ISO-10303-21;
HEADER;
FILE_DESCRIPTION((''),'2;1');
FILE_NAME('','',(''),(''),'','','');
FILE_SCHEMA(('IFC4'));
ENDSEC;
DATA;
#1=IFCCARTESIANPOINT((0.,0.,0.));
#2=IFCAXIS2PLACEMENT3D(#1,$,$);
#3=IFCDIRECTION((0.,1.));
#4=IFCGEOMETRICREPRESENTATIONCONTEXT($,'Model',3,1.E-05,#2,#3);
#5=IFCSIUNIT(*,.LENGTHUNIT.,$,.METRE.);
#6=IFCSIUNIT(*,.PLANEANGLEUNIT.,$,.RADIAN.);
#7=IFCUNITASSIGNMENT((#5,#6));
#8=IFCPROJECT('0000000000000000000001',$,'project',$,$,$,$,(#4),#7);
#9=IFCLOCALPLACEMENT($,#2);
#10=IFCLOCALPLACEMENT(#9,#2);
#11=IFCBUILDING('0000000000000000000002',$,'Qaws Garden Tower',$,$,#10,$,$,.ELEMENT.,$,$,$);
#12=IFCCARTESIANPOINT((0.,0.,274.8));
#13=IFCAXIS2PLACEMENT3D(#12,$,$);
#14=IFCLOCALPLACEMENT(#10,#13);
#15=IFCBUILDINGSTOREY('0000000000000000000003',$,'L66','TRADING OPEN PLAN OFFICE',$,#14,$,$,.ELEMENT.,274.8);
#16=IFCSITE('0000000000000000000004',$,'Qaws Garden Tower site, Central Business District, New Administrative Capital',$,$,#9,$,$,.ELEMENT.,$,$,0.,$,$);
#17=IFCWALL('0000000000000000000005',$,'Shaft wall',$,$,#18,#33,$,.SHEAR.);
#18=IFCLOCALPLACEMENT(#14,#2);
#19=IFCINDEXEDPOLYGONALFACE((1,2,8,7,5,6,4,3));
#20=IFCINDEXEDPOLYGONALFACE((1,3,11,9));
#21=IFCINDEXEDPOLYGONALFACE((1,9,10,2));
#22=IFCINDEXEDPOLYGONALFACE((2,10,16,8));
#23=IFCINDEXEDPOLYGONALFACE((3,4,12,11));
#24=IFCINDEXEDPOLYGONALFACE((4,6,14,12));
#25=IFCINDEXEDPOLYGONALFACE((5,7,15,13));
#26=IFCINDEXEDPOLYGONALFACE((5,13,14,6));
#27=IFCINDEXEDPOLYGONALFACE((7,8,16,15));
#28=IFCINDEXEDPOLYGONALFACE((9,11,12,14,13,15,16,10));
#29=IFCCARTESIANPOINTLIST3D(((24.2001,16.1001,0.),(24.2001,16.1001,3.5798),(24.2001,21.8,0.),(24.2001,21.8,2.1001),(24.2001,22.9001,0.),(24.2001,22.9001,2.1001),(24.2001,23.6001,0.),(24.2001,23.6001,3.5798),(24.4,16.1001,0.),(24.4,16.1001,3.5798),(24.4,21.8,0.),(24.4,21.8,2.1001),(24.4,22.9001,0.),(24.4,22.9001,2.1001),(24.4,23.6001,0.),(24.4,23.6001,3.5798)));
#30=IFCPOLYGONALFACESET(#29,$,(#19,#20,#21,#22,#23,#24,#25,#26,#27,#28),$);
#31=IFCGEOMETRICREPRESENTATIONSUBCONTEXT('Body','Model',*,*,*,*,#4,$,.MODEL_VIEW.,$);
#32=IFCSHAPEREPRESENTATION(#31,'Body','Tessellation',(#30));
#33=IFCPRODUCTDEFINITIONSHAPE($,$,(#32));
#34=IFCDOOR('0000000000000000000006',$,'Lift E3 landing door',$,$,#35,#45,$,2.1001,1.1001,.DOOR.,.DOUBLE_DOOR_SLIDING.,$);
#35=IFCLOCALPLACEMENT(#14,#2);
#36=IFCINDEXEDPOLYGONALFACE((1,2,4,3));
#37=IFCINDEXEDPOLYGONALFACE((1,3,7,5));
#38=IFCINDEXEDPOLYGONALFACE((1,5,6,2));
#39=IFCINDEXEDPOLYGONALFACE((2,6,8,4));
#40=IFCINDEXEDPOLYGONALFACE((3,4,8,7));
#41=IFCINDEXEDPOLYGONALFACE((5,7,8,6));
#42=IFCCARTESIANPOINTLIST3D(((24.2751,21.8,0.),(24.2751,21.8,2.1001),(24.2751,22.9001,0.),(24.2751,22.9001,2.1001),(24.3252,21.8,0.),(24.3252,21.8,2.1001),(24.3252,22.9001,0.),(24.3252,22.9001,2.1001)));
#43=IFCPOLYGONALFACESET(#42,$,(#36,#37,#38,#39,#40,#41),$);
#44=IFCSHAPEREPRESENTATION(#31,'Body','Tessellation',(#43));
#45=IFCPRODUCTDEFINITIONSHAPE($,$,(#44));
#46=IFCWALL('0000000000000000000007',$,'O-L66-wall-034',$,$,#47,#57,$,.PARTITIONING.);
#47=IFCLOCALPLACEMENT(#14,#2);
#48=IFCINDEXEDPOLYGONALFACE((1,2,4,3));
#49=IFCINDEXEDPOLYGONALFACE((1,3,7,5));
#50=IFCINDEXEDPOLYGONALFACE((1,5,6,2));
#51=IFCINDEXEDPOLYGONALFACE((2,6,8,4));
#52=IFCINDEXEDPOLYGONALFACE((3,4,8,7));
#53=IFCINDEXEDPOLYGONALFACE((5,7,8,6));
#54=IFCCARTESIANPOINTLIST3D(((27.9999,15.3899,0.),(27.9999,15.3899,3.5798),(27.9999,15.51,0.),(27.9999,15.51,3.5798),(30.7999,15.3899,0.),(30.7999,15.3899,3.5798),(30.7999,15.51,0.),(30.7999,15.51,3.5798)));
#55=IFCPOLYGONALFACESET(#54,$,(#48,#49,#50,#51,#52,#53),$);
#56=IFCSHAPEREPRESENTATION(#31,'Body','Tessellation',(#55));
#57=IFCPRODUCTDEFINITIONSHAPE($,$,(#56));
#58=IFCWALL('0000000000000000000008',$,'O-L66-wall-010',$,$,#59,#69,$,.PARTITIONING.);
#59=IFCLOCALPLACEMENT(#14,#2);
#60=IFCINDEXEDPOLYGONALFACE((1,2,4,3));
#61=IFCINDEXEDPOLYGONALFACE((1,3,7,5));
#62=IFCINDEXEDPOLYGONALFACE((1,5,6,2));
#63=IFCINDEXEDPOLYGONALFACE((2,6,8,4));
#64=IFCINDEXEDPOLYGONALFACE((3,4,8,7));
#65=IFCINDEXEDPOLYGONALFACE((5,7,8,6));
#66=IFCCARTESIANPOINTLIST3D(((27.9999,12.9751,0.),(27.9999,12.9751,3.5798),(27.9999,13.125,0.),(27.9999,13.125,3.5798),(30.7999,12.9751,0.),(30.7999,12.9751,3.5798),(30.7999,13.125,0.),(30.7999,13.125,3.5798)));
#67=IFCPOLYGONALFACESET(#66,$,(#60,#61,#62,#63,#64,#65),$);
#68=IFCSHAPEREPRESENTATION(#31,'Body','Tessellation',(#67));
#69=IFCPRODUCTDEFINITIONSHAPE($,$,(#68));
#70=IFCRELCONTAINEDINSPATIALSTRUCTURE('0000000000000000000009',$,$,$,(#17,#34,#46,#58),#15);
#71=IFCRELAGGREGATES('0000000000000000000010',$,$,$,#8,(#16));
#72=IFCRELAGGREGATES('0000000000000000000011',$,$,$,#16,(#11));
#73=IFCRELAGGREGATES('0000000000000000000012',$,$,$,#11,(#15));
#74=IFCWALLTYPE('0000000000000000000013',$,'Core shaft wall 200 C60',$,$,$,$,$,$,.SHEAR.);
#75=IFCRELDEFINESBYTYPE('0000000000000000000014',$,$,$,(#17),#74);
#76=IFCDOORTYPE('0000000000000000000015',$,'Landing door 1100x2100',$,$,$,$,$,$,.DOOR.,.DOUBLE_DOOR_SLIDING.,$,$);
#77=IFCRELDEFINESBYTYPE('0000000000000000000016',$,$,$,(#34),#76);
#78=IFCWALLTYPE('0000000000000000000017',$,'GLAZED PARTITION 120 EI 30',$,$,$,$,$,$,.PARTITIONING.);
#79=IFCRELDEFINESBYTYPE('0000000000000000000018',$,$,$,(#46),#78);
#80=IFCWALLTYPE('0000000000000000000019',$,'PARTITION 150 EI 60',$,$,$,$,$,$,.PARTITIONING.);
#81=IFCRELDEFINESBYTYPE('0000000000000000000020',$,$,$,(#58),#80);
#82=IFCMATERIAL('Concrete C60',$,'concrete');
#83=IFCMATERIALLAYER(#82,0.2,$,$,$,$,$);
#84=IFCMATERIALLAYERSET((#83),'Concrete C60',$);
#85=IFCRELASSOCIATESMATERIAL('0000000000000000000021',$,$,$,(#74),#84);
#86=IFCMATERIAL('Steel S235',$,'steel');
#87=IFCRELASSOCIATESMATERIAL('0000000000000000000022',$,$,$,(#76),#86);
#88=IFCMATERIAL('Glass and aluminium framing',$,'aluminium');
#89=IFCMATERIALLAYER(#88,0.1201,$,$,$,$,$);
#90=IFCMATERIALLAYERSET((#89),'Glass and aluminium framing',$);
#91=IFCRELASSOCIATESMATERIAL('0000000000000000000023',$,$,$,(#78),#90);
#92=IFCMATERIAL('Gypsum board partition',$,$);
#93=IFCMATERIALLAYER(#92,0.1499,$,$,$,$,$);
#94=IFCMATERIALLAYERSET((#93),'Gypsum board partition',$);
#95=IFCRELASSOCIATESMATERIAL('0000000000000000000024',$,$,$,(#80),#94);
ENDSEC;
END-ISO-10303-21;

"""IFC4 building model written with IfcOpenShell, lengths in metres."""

from ifc_helpers import new_model, si_unit, direction, frame, frame_2d, origin, place, context, subcontext, project, spatial, rectangle, extrude, material, layer, layer_set, type_object, element, fill, save


model = new_model("IFC4")

# Units and contexts
model_context = context("Model", 3, precision=1e-05, world=origin(), true_north=direction((0.0, 1.0)))
body_context = subcontext(model_context, "Body", "Model", "MODEL_VIEW")
ifc_project = project(units=[si_unit("LENGTHUNIT", "METRE"), si_unit("PLANEANGLEUNIT", "RADIAN")], contexts=[model_context])

# Site, building, storey
site_placement = place(None, origin())
site = spatial("IfcSite", under=ifc_project, at=site_placement, Name="Qaws Garden Tower site, Central Business District, New Administrative Capital", CompositionType="ELEMENT", RefElevation=0.0)
building_placement = place(site_placement, origin())
building = spatial("IfcBuilding", under=site, at=building_placement, Name="Qaws Garden Tower", CompositionType="ELEMENT")
storey_placement = place(building_placement, frame((0.0, 0.0, 274.8)))
storey = spatial("IfcBuildingStorey", under=building, at=storey_placement, Name="L66", Description="TRADING OPEN PLAN OFFICE", CompositionType="ELEMENT", Elevation=274.8)

# Shared definitions
ifc_material_1 = material(Name="Concrete C60", Category="concrete")
ifc_layer_1 = layer(ifc_material_1, 0.2)
ifc_layer_set_1 = layer_set([ifc_layer_1], Name="Concrete C60")
wall_type_1 = type_object("IfcWallType", Name="Core shaft wall 200 C60", PredefinedType="SHEAR", material=ifc_layer_set_1)
ifc_material_2 = material(Name="Steel S235", Category="steel")
door_type_1 = type_object("IfcDoorType", Name="Landing door 1100x2100", OperationType="DOUBLE_DOOR_SLIDING", PredefinedType="DOOR", material=ifc_material_2)

# Wall, opening, door
wall_1_placement = place(storey_placement, frame((24.3, 16.1001, 0.0), z_axis=(0.0, 0.0, 1.0), x_axis=(0.0, 1.0, 0.0)))
wall_1 = element("IfcWall", 1, at=wall_1_placement, inside=storey, type_object=wall_type_1, Name="Shaft wall", PredefinedType="SHEAR", context=body_context, shape_type="SweptSolid", body=[
    extrude(rectangle(XDim=7.5, YDim=0.2, at=frame_2d((3.75, 0.0))), origin(), (0.0, 0.0, 1.0), 3.5798),
])
opening_1_placement = place(wall_1_placement, frame((5.7, 0.0, 0.0)))
opening_1 = element("IfcOpeningElement", 2, at=opening_1_placement, cuts=wall_1, PredefinedType="OPENING", context=body_context, shape_type="SweptSolid", body=[
    extrude(rectangle(XDim=1.1001, YDim=2.1001, at=frame_2d((0.55, 1.05))), frame((0.0, 0.1099, 0.0), z_axis=(0.0, -1.0, 0.0), x_axis=(1.0, 0.0, 0.0)), (0.0, 0.0, 1.0), 0.22),
])
door_1_placement = place(opening_1_placement, origin())
door_1 = element("IfcDoor", 3, at=door_1_placement, inside=storey, type_object=door_type_1, Name="Lift E3 landing door", OperationType="DOUBLE_DOOR_SLIDING", OverallHeight=2.1001, OverallWidth=1.1001, PredefinedType="DOOR", context=body_context, shape_type="SweptSolid", body=[
    extrude(rectangle(XDim=1.1001, YDim=2.1001, at=frame_2d((0.55, 1.05))), frame((0.0, 0.0249, 0.0), z_axis=(0.0, -1.0, 0.0), x_axis=(1.0, 0.0, 0.0)), (0.0, 0.0, 1.0), 0.05),
])
fill(opening_1, door_1)

# Walls
ifc_material_3 = material(Name="Glass and aluminium framing", Category="aluminium")
ifc_layer_2 = layer(ifc_material_3, 0.1201)
ifc_layer_set_2 = layer_set([ifc_layer_2], Name="Glass and aluminium framing")
wall_type_2 = type_object("IfcWallType", Name="GLAZED PARTITION 120 EI 30", PredefinedType="PARTITIONING", material=ifc_layer_set_2)
wall_2_placement = place(storey_placement, frame((28.0, 15.45, 0.0), z_axis=(0.0, 0.0, 1.0), x_axis=(1.0, 0.0, 0.0)))
element("IfcWall", 4, at=wall_2_placement, inside=storey, type_object=wall_type_2, Name="O-L66-wall-034", PredefinedType="PARTITIONING", context=body_context, shape_type="SweptSolid", body=[
    extrude(rectangle(XDim=2.8, YDim=0.1201, at=frame_2d((1.3999, 0.0))), origin(), (0.0, 0.0, 1.0), 3.5798),
])
ifc_material_4 = material(Name="Gypsum board partition")
ifc_layer_3 = layer(ifc_material_4, 0.1499)
ifc_layer_set_3 = layer_set([ifc_layer_3], Name="Gypsum board partition")
wall_type_3 = type_object("IfcWallType", Name="PARTITION 150 EI 60", PredefinedType="PARTITIONING", material=ifc_layer_set_3)
wall_3_placement = place(storey_placement, frame((28.0, 13.05, 0.0), z_axis=(0.0, 0.0, 1.0), x_axis=(1.0, 0.0, 0.0)))
element("IfcWall", 5, at=wall_3_placement, inside=storey, type_object=wall_type_3, Name="O-L66-wall-010", PredefinedType="PARTITIONING", context=body_context, shape_type="SweptSolid", body=[
    extrude(rectangle(XDim=2.8, YDim=0.1499, at=frame_2d((1.3999, 0.0))), origin(), (0.0, 0.0, 1.0), 3.5798),
])

save(model, "model.ifc")
